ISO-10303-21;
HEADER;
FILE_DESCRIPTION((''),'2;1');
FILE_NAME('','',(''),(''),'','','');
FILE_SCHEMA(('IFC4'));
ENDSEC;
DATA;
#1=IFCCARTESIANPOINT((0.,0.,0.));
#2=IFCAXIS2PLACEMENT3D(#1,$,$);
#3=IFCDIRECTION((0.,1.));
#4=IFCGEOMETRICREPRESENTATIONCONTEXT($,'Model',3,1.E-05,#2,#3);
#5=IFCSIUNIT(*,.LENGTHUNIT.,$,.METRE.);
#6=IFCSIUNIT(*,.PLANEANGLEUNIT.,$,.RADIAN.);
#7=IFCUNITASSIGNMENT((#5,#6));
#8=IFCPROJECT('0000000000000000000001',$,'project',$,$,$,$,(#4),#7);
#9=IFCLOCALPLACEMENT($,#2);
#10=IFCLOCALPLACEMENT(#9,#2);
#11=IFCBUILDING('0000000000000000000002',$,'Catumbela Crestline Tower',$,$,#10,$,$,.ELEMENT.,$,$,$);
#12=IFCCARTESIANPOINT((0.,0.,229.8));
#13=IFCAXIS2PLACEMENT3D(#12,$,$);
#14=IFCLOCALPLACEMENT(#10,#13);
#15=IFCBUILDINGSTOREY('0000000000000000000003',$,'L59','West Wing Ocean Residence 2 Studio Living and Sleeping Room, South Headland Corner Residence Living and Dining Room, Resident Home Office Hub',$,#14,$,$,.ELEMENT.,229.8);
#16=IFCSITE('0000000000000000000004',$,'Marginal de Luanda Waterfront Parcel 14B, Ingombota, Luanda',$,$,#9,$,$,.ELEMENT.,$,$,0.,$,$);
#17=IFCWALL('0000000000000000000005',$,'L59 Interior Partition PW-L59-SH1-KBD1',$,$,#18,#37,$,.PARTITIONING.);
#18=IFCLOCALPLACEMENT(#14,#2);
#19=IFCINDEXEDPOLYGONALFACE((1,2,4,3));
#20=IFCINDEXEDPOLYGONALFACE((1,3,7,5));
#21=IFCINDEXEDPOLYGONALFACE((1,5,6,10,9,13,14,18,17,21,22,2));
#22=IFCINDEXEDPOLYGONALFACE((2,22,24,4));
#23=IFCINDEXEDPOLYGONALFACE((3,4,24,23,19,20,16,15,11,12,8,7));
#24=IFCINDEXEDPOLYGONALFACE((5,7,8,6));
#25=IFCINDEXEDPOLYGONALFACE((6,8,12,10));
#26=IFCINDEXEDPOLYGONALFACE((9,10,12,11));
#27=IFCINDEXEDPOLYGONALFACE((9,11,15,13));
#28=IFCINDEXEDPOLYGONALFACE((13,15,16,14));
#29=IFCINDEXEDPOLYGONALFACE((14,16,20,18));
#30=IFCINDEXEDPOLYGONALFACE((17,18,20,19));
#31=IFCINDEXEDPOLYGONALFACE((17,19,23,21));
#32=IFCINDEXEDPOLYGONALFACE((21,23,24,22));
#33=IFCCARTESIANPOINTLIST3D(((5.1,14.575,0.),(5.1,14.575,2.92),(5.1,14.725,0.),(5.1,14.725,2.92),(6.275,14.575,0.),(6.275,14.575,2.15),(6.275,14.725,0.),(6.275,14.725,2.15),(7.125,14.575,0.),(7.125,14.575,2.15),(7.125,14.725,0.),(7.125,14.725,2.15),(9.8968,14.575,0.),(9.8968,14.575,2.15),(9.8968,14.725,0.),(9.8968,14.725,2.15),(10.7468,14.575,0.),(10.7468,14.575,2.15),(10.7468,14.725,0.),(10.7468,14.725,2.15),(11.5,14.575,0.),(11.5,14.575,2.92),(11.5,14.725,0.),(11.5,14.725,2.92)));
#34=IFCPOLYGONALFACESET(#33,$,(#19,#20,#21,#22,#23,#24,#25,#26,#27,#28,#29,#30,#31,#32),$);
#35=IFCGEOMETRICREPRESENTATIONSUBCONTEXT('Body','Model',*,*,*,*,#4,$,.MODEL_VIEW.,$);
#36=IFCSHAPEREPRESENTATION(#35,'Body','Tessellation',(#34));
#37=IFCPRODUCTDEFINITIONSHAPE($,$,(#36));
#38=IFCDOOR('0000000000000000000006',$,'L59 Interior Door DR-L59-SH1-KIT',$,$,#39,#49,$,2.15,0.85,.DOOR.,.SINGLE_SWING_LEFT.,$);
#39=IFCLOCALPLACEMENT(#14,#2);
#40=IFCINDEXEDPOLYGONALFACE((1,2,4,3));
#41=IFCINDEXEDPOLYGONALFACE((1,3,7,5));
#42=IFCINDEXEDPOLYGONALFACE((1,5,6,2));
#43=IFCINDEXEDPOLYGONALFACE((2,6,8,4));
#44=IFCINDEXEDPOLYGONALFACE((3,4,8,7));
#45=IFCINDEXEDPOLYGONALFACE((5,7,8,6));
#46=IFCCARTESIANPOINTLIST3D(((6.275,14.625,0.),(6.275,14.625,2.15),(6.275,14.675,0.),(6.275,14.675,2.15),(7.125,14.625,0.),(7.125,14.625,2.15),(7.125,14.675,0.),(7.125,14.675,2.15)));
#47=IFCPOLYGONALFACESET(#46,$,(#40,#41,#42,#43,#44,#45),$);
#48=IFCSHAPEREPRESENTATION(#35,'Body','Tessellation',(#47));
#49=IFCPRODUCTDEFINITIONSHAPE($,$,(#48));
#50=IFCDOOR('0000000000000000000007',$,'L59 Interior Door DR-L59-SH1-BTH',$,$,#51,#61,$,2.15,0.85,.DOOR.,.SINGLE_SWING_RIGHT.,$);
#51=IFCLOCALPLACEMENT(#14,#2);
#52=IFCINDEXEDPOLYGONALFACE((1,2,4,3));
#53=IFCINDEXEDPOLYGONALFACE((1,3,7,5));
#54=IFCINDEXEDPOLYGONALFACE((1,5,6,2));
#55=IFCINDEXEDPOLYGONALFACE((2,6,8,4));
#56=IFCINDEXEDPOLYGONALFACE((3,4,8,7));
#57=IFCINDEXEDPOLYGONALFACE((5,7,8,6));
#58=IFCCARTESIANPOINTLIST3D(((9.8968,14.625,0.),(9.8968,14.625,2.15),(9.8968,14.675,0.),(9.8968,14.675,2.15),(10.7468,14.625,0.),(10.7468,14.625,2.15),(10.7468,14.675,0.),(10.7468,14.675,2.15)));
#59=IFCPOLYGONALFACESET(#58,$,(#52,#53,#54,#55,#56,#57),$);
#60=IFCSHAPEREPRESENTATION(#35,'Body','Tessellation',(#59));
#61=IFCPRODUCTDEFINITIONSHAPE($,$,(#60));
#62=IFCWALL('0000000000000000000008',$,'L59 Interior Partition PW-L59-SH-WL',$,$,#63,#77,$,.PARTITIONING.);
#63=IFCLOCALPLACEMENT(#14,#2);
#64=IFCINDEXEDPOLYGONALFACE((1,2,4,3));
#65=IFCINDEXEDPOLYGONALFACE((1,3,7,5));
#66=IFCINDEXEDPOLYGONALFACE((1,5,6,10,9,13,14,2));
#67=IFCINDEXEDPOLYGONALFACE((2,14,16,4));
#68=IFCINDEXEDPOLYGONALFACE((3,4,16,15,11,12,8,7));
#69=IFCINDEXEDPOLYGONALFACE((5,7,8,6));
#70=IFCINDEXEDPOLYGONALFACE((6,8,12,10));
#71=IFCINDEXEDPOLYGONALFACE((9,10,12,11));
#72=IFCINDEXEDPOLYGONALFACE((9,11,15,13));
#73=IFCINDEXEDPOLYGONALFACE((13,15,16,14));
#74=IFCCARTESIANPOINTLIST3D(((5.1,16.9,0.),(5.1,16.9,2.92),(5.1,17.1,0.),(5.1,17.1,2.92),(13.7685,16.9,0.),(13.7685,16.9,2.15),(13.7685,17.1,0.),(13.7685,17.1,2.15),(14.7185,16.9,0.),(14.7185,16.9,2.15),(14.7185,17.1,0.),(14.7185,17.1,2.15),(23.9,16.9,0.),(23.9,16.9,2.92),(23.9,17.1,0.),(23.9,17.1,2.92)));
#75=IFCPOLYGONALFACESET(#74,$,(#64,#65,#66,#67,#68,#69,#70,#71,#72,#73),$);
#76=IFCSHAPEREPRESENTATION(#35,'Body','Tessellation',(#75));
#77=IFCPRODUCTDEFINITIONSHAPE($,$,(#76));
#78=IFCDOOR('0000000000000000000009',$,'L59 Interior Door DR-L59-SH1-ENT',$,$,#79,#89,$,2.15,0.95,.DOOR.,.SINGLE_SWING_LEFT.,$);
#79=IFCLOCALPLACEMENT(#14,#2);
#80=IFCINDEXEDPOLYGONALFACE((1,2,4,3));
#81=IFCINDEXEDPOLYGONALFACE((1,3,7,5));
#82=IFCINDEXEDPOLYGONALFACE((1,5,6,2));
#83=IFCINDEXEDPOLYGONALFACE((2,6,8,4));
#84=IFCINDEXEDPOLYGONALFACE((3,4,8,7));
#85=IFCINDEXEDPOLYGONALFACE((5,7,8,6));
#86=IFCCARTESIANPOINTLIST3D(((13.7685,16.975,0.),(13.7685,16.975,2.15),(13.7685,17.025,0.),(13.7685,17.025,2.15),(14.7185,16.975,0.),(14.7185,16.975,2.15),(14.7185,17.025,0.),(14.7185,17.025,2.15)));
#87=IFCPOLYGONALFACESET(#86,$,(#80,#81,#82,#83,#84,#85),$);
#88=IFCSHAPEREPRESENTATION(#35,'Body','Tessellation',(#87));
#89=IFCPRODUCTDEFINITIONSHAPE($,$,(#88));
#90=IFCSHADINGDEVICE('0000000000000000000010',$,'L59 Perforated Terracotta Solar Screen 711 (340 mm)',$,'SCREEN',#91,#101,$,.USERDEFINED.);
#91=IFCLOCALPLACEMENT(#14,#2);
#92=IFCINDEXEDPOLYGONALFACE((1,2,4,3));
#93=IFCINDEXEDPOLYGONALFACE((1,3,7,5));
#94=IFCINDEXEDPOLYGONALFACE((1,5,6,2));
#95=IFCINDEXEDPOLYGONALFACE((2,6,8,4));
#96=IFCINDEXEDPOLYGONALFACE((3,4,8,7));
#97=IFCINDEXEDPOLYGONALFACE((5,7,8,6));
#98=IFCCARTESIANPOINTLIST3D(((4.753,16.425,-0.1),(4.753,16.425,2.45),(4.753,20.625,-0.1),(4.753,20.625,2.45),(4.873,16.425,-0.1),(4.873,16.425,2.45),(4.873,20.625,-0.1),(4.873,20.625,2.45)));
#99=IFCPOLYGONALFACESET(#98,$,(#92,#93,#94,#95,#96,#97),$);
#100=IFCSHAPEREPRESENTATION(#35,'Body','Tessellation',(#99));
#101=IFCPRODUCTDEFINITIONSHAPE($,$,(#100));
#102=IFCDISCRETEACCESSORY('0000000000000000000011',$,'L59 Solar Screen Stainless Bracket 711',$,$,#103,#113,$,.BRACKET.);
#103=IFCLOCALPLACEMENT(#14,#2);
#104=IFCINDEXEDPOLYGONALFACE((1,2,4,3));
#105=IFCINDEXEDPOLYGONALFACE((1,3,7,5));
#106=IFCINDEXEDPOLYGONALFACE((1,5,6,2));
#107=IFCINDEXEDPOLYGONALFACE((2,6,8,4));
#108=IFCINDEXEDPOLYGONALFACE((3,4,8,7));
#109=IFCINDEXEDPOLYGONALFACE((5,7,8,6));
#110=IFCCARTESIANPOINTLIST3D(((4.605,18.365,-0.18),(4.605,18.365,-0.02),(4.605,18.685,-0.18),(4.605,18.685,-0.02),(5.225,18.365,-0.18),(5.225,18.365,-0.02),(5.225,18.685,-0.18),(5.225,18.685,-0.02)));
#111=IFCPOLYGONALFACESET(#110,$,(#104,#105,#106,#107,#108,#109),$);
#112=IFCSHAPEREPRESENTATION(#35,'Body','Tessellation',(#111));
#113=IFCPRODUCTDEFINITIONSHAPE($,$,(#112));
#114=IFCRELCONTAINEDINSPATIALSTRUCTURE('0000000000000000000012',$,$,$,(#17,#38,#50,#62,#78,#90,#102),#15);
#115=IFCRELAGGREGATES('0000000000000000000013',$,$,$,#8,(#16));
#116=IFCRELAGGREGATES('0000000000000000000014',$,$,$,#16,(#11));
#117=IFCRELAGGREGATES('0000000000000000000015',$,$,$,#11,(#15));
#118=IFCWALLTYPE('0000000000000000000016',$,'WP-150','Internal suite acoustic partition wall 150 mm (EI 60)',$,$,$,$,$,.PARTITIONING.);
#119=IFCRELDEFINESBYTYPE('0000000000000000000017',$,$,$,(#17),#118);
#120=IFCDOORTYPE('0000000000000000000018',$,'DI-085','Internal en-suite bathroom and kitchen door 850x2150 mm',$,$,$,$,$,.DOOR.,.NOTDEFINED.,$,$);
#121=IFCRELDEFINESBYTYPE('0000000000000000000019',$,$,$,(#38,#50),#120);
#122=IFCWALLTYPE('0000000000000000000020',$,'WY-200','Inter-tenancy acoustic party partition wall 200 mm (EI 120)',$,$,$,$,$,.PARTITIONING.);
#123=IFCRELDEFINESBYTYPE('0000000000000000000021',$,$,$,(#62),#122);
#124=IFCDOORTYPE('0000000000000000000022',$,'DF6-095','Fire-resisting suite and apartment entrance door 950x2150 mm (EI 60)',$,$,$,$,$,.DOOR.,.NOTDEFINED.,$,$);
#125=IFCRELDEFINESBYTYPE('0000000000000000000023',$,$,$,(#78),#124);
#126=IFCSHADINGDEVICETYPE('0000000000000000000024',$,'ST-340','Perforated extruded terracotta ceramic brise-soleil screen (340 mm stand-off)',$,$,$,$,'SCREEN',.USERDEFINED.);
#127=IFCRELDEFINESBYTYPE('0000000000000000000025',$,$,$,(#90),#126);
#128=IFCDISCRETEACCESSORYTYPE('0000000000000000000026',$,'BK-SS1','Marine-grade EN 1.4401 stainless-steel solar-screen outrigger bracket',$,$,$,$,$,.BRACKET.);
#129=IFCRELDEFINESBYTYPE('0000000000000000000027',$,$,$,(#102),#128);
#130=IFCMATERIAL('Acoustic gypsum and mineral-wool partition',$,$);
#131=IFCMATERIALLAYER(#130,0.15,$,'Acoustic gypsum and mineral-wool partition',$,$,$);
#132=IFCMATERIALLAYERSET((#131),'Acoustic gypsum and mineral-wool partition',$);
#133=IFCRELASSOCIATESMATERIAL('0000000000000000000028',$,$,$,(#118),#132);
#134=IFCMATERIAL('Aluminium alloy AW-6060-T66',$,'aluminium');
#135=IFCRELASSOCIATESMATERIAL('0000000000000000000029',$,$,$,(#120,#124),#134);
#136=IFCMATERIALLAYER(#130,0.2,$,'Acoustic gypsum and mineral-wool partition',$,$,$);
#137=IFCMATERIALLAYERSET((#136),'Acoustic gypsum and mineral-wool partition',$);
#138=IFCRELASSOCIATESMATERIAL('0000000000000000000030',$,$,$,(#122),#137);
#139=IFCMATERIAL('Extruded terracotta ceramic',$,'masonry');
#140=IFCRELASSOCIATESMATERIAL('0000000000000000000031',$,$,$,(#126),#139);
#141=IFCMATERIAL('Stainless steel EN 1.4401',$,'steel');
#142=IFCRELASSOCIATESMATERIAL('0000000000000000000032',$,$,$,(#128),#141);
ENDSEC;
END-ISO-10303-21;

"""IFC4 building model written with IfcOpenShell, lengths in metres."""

from ifc_helpers import new_model, si_unit, direction, frame, frame_2d, origin, origin_2d, place, context, subcontext, project, spatial, rectangle, extrude, material, layer, layer_set, type_object, element, fill, save


model = new_model("IFC4")

# Units and contexts
model_context = context("Model", 3, precision=1e-05, world=origin(), true_north=direction((0.0, 1.0)))
body_context = subcontext(model_context, "Body", "Model", "MODEL_VIEW")
ifc_project = project(units=[si_unit("LENGTHUNIT", "METRE"), si_unit("PLANEANGLEUNIT", "RADIAN")], contexts=[model_context])

# Site, building, storey
site_placement = place(None, origin())
site = spatial("IfcSite", under=ifc_project, at=site_placement, Name="Marginal de Luanda Waterfront Parcel 14B, Ingombota, Luanda", CompositionType="ELEMENT", RefElevation=0.0)
building_placement = place(site_placement, origin())
building = spatial("IfcBuilding", under=site, at=building_placement, Name="Catumbela Crestline Tower", CompositionType="ELEMENT")
storey_placement = place(building_placement, frame((0.0, 0.0, 229.8)))
storey = spatial("IfcBuildingStorey", under=building, at=storey_placement, Name="L59", Description="West Wing Ocean Residence 2 Studio Living and Sleeping Room, South Headland Corner Residence Living and Dining Room, Resident Home Office Hub", CompositionType="ELEMENT", Elevation=229.8)

# Shared definitions
ifc_material_1 = material(Name="Aluminium alloy AW-6060-T66", Category="aluminium")

# Shared definitions
ifc_material_2 = material(Name="Acoustic gypsum and mineral-wool partition")
ifc_layer_1 = layer(ifc_material_2, 0.15, Name="Acoustic gypsum and mineral-wool partition")
ifc_layer_set_1 = layer_set([ifc_layer_1], Name="Acoustic gypsum and mineral-wool partition")
wall_type_1 = type_object("IfcWallType", Name="WP-150", Description="Internal suite acoustic partition wall 150 mm (EI 60)", PredefinedType="PARTITIONING", material=ifc_layer_set_1)

# Wall, openings, doors
wall_1_placement = place(storey_placement, frame((5.1, 14.65, 0.0), z_axis=(0.0, 0.0, 1.0), x_axis=(1.0, 0.0, 0.0)))
wall_1 = element("IfcWall", 1, at=wall_1_placement, inside=storey, type_object=wall_type_1, Name="L59 Interior Partition PW-L59-SH1-KBD1", PredefinedType="PARTITIONING", context=body_context, shape_type="SweptSolid", body=[
    extrude(rectangle(XDim=6.4, YDim=0.15, at=frame_2d((3.2, 0.0))), origin(), (0.0, 0.0, 1.0), 2.92),
])
opening_1_placement = place(wall_1_placement, frame((1.175, 0.0, 0.0)))
opening_1 = element("IfcOpeningElement", 2, at=opening_1_placement, cuts=wall_1, PredefinedType="OPENING", context=body_context, shape_type="SweptSolid", body=[
    extrude(rectangle(XDim=0.85, YDim=2.15, at=frame_2d((0.425, 1.075))), frame((0.0, 0.085, 0.0), z_axis=(0.0, -1.0, 0.0), x_axis=(1.0, 0.0, 0.0)), (0.0, 0.0, 1.0), 0.17),
])
opening_2_placement = place(wall_1_placement, frame((4.7968, 0.0, 0.0)))
opening_2 = element("IfcOpeningElement", 3, at=opening_2_placement, cuts=wall_1, PredefinedType="OPENING", context=body_context, shape_type="SweptSolid", body=[
    extrude(rectangle(XDim=0.85, YDim=2.15, at=frame_2d((0.425, 1.075))), frame((0.0, 0.085, 0.0), z_axis=(0.0, -1.0, 0.0), x_axis=(1.0, 0.0, 0.0)), (0.0, 0.0, 1.0), 0.17),
])
door_type_1 = type_object("IfcDoorType", Name="DI-085", Description="Internal en-suite bathroom and kitchen door 850x2150 mm", OperationType="NOTDEFINED", PredefinedType="DOOR", material=ifc_material_1)
door_1_placement = place(opening_1_placement, origin())
door_1 = element("IfcDoor", 4, at=door_1_placement, inside=storey, type_object=door_type_1, Name="L59 Interior Door DR-L59-SH1-KIT", OperationType="SINGLE_SWING_LEFT", OverallHeight=2.15, OverallWidth=0.85, PredefinedType="DOOR", context=body_context, shape_type="SweptSolid", body=[
    extrude(rectangle(XDim=0.85, YDim=2.15, at=frame_2d((0.425, 1.075))), frame((0.0, 0.025, 0.0), z_axis=(0.0, -1.0, 0.0), x_axis=(1.0, 0.0, 0.0)), (0.0, 0.0, 1.0), 0.05),
])
fill(opening_1, door_1)
door_2_placement = place(opening_2_placement, origin())
door_2 = element("IfcDoor", 5, at=door_2_placement, inside=storey, type_object=door_type_1, Name="L59 Interior Door DR-L59-SH1-BTH", OperationType="SINGLE_SWING_RIGHT", OverallHeight=2.15, OverallWidth=0.85, PredefinedType="DOOR", context=body_context, shape_type="SweptSolid", body=[
    extrude(rectangle(XDim=0.85, YDim=2.15, at=frame_2d((0.425, 1.075))), frame((0.0, 0.025, 0.0), z_axis=(0.0, -1.0, 0.0), x_axis=(1.0, 0.0, 0.0)), (0.0, 0.0, 1.0), 0.05),
])
fill(opening_2, door_2)

# Wall, opening, door
ifc_layer_2 = layer(ifc_material_2, 0.2, Name="Acoustic gypsum and mineral-wool partition")
ifc_layer_set_2 = layer_set([ifc_layer_2], Name="Acoustic gypsum and mineral-wool partition")
wall_type_2 = type_object("IfcWallType", Name="WY-200", Description="Inter-tenancy acoustic party partition wall 200 mm (EI 120)", PredefinedType="PARTITIONING", material=ifc_layer_set_2)
wall_2_placement = place(storey_placement, frame((5.1, 17.0, 0.0), z_axis=(0.0, 0.0, 1.0), x_axis=(1.0, 0.0, 0.0)))
wall_2 = element("IfcWall", 6, at=wall_2_placement, inside=storey, type_object=wall_type_2, Name="L59 Interior Partition PW-L59-SH-WL", PredefinedType="PARTITIONING", context=body_context, shape_type="SweptSolid", body=[
    extrude(rectangle(XDim=18.8, YDim=0.2, at=frame_2d((9.4, 0.0))), origin(), (0.0, 0.0, 1.0), 2.92),
])
opening_3_placement = place(wall_2_placement, frame((8.6685, 0.0, 0.0)))
opening_3 = element("IfcOpeningElement", 7, at=opening_3_placement, cuts=wall_2, PredefinedType="OPENING", context=body_context, shape_type="SweptSolid", body=[
    extrude(rectangle(XDim=0.95, YDim=2.15, at=frame_2d((0.475, 1.075))), frame((0.0, 0.11, 0.0), z_axis=(0.0, -1.0, 0.0), x_axis=(1.0, 0.0, 0.0)), (0.0, 0.0, 1.0), 0.22),
])
door_type_2 = type_object("IfcDoorType", Name="DF6-095", Description="Fire-resisting suite and apartment entrance door 950x2150 mm (EI 60)", OperationType="NOTDEFINED", PredefinedType="DOOR", material=ifc_material_1)
door_3_placement = place(opening_3_placement, origin())
door_3 = element("IfcDoor", 8, at=door_3_placement, inside=storey, type_object=door_type_2, Name="L59 Interior Door DR-L59-SH1-ENT", OperationType="SINGLE_SWING_LEFT", OverallHeight=2.15, OverallWidth=0.95, PredefinedType="DOOR", context=body_context, shape_type="SweptSolid", body=[
    extrude(rectangle(XDim=0.95, YDim=2.15, at=frame_2d((0.475, 1.075))), frame((0.0, 0.025, 0.0), z_axis=(0.0, -1.0, 0.0), x_axis=(1.0, 0.0, 0.0)), (0.0, 0.0, 1.0), 0.05),
])
fill(opening_3, door_3)

# Shading device
ifc_material_3 = material(Name="Extruded terracotta ceramic", Category="masonry")
shading_device_type = type_object("IfcShadingDeviceType", Name="ST-340", Description="Perforated extruded terracotta ceramic brise-soleil screen (340 mm stand-off)", ElementType="SCREEN", PredefinedType="USERDEFINED", material=ifc_material_3)
shading_device_placement = place(storey_placement, frame((4.813, 18.525, -0.1), z_axis=(0.0, 0.0, 1.0), x_axis=(0.0, -1.0, 0.0)))
element("IfcShadingDevice", 9, at=shading_device_placement, inside=storey, type_object=shading_device_type, Name="L59 Perforated Terracotta Solar Screen 711 (340 mm)", ObjectType="SCREEN", PredefinedType="USERDEFINED", context=body_context, shape_type="SweptSolid", body=[
    extrude(rectangle(XDim=4.2, YDim=0.12, at=origin_2d()), origin(), (0.0, 0.0, 1.0), 2.55),
])

# Discrete accessory
ifc_material_4 = material(Name="Stainless steel EN 1.4401", Category="steel")
discrete_accessory_type = type_object("IfcDiscreteAccessoryType", Name="BK-SS1", Description="Marine-grade EN 1.4401 stainless-steel solar-screen outrigger bracket", PredefinedType="BRACKET", material=ifc_material_4)
discrete_accessory_placement = place(storey_placement, frame((4.915, 18.525, -0.18), z_axis=(0.0, 0.0, 1.0), x_axis=(0.0, -1.0, 0.0)))
element("IfcDiscreteAccessory", 10, at=discrete_accessory_placement, inside=storey, type_object=discrete_accessory_type, Name="L59 Solar Screen Stainless Bracket 711", PredefinedType="BRACKET", context=body_context, shape_type="SweptSolid", body=[
    extrude(rectangle(XDim=0.32, YDim=0.62, at=origin_2d()), origin(), (0.0, 0.0, 1.0), 0.16),
])

save(model, "model.ifc")
